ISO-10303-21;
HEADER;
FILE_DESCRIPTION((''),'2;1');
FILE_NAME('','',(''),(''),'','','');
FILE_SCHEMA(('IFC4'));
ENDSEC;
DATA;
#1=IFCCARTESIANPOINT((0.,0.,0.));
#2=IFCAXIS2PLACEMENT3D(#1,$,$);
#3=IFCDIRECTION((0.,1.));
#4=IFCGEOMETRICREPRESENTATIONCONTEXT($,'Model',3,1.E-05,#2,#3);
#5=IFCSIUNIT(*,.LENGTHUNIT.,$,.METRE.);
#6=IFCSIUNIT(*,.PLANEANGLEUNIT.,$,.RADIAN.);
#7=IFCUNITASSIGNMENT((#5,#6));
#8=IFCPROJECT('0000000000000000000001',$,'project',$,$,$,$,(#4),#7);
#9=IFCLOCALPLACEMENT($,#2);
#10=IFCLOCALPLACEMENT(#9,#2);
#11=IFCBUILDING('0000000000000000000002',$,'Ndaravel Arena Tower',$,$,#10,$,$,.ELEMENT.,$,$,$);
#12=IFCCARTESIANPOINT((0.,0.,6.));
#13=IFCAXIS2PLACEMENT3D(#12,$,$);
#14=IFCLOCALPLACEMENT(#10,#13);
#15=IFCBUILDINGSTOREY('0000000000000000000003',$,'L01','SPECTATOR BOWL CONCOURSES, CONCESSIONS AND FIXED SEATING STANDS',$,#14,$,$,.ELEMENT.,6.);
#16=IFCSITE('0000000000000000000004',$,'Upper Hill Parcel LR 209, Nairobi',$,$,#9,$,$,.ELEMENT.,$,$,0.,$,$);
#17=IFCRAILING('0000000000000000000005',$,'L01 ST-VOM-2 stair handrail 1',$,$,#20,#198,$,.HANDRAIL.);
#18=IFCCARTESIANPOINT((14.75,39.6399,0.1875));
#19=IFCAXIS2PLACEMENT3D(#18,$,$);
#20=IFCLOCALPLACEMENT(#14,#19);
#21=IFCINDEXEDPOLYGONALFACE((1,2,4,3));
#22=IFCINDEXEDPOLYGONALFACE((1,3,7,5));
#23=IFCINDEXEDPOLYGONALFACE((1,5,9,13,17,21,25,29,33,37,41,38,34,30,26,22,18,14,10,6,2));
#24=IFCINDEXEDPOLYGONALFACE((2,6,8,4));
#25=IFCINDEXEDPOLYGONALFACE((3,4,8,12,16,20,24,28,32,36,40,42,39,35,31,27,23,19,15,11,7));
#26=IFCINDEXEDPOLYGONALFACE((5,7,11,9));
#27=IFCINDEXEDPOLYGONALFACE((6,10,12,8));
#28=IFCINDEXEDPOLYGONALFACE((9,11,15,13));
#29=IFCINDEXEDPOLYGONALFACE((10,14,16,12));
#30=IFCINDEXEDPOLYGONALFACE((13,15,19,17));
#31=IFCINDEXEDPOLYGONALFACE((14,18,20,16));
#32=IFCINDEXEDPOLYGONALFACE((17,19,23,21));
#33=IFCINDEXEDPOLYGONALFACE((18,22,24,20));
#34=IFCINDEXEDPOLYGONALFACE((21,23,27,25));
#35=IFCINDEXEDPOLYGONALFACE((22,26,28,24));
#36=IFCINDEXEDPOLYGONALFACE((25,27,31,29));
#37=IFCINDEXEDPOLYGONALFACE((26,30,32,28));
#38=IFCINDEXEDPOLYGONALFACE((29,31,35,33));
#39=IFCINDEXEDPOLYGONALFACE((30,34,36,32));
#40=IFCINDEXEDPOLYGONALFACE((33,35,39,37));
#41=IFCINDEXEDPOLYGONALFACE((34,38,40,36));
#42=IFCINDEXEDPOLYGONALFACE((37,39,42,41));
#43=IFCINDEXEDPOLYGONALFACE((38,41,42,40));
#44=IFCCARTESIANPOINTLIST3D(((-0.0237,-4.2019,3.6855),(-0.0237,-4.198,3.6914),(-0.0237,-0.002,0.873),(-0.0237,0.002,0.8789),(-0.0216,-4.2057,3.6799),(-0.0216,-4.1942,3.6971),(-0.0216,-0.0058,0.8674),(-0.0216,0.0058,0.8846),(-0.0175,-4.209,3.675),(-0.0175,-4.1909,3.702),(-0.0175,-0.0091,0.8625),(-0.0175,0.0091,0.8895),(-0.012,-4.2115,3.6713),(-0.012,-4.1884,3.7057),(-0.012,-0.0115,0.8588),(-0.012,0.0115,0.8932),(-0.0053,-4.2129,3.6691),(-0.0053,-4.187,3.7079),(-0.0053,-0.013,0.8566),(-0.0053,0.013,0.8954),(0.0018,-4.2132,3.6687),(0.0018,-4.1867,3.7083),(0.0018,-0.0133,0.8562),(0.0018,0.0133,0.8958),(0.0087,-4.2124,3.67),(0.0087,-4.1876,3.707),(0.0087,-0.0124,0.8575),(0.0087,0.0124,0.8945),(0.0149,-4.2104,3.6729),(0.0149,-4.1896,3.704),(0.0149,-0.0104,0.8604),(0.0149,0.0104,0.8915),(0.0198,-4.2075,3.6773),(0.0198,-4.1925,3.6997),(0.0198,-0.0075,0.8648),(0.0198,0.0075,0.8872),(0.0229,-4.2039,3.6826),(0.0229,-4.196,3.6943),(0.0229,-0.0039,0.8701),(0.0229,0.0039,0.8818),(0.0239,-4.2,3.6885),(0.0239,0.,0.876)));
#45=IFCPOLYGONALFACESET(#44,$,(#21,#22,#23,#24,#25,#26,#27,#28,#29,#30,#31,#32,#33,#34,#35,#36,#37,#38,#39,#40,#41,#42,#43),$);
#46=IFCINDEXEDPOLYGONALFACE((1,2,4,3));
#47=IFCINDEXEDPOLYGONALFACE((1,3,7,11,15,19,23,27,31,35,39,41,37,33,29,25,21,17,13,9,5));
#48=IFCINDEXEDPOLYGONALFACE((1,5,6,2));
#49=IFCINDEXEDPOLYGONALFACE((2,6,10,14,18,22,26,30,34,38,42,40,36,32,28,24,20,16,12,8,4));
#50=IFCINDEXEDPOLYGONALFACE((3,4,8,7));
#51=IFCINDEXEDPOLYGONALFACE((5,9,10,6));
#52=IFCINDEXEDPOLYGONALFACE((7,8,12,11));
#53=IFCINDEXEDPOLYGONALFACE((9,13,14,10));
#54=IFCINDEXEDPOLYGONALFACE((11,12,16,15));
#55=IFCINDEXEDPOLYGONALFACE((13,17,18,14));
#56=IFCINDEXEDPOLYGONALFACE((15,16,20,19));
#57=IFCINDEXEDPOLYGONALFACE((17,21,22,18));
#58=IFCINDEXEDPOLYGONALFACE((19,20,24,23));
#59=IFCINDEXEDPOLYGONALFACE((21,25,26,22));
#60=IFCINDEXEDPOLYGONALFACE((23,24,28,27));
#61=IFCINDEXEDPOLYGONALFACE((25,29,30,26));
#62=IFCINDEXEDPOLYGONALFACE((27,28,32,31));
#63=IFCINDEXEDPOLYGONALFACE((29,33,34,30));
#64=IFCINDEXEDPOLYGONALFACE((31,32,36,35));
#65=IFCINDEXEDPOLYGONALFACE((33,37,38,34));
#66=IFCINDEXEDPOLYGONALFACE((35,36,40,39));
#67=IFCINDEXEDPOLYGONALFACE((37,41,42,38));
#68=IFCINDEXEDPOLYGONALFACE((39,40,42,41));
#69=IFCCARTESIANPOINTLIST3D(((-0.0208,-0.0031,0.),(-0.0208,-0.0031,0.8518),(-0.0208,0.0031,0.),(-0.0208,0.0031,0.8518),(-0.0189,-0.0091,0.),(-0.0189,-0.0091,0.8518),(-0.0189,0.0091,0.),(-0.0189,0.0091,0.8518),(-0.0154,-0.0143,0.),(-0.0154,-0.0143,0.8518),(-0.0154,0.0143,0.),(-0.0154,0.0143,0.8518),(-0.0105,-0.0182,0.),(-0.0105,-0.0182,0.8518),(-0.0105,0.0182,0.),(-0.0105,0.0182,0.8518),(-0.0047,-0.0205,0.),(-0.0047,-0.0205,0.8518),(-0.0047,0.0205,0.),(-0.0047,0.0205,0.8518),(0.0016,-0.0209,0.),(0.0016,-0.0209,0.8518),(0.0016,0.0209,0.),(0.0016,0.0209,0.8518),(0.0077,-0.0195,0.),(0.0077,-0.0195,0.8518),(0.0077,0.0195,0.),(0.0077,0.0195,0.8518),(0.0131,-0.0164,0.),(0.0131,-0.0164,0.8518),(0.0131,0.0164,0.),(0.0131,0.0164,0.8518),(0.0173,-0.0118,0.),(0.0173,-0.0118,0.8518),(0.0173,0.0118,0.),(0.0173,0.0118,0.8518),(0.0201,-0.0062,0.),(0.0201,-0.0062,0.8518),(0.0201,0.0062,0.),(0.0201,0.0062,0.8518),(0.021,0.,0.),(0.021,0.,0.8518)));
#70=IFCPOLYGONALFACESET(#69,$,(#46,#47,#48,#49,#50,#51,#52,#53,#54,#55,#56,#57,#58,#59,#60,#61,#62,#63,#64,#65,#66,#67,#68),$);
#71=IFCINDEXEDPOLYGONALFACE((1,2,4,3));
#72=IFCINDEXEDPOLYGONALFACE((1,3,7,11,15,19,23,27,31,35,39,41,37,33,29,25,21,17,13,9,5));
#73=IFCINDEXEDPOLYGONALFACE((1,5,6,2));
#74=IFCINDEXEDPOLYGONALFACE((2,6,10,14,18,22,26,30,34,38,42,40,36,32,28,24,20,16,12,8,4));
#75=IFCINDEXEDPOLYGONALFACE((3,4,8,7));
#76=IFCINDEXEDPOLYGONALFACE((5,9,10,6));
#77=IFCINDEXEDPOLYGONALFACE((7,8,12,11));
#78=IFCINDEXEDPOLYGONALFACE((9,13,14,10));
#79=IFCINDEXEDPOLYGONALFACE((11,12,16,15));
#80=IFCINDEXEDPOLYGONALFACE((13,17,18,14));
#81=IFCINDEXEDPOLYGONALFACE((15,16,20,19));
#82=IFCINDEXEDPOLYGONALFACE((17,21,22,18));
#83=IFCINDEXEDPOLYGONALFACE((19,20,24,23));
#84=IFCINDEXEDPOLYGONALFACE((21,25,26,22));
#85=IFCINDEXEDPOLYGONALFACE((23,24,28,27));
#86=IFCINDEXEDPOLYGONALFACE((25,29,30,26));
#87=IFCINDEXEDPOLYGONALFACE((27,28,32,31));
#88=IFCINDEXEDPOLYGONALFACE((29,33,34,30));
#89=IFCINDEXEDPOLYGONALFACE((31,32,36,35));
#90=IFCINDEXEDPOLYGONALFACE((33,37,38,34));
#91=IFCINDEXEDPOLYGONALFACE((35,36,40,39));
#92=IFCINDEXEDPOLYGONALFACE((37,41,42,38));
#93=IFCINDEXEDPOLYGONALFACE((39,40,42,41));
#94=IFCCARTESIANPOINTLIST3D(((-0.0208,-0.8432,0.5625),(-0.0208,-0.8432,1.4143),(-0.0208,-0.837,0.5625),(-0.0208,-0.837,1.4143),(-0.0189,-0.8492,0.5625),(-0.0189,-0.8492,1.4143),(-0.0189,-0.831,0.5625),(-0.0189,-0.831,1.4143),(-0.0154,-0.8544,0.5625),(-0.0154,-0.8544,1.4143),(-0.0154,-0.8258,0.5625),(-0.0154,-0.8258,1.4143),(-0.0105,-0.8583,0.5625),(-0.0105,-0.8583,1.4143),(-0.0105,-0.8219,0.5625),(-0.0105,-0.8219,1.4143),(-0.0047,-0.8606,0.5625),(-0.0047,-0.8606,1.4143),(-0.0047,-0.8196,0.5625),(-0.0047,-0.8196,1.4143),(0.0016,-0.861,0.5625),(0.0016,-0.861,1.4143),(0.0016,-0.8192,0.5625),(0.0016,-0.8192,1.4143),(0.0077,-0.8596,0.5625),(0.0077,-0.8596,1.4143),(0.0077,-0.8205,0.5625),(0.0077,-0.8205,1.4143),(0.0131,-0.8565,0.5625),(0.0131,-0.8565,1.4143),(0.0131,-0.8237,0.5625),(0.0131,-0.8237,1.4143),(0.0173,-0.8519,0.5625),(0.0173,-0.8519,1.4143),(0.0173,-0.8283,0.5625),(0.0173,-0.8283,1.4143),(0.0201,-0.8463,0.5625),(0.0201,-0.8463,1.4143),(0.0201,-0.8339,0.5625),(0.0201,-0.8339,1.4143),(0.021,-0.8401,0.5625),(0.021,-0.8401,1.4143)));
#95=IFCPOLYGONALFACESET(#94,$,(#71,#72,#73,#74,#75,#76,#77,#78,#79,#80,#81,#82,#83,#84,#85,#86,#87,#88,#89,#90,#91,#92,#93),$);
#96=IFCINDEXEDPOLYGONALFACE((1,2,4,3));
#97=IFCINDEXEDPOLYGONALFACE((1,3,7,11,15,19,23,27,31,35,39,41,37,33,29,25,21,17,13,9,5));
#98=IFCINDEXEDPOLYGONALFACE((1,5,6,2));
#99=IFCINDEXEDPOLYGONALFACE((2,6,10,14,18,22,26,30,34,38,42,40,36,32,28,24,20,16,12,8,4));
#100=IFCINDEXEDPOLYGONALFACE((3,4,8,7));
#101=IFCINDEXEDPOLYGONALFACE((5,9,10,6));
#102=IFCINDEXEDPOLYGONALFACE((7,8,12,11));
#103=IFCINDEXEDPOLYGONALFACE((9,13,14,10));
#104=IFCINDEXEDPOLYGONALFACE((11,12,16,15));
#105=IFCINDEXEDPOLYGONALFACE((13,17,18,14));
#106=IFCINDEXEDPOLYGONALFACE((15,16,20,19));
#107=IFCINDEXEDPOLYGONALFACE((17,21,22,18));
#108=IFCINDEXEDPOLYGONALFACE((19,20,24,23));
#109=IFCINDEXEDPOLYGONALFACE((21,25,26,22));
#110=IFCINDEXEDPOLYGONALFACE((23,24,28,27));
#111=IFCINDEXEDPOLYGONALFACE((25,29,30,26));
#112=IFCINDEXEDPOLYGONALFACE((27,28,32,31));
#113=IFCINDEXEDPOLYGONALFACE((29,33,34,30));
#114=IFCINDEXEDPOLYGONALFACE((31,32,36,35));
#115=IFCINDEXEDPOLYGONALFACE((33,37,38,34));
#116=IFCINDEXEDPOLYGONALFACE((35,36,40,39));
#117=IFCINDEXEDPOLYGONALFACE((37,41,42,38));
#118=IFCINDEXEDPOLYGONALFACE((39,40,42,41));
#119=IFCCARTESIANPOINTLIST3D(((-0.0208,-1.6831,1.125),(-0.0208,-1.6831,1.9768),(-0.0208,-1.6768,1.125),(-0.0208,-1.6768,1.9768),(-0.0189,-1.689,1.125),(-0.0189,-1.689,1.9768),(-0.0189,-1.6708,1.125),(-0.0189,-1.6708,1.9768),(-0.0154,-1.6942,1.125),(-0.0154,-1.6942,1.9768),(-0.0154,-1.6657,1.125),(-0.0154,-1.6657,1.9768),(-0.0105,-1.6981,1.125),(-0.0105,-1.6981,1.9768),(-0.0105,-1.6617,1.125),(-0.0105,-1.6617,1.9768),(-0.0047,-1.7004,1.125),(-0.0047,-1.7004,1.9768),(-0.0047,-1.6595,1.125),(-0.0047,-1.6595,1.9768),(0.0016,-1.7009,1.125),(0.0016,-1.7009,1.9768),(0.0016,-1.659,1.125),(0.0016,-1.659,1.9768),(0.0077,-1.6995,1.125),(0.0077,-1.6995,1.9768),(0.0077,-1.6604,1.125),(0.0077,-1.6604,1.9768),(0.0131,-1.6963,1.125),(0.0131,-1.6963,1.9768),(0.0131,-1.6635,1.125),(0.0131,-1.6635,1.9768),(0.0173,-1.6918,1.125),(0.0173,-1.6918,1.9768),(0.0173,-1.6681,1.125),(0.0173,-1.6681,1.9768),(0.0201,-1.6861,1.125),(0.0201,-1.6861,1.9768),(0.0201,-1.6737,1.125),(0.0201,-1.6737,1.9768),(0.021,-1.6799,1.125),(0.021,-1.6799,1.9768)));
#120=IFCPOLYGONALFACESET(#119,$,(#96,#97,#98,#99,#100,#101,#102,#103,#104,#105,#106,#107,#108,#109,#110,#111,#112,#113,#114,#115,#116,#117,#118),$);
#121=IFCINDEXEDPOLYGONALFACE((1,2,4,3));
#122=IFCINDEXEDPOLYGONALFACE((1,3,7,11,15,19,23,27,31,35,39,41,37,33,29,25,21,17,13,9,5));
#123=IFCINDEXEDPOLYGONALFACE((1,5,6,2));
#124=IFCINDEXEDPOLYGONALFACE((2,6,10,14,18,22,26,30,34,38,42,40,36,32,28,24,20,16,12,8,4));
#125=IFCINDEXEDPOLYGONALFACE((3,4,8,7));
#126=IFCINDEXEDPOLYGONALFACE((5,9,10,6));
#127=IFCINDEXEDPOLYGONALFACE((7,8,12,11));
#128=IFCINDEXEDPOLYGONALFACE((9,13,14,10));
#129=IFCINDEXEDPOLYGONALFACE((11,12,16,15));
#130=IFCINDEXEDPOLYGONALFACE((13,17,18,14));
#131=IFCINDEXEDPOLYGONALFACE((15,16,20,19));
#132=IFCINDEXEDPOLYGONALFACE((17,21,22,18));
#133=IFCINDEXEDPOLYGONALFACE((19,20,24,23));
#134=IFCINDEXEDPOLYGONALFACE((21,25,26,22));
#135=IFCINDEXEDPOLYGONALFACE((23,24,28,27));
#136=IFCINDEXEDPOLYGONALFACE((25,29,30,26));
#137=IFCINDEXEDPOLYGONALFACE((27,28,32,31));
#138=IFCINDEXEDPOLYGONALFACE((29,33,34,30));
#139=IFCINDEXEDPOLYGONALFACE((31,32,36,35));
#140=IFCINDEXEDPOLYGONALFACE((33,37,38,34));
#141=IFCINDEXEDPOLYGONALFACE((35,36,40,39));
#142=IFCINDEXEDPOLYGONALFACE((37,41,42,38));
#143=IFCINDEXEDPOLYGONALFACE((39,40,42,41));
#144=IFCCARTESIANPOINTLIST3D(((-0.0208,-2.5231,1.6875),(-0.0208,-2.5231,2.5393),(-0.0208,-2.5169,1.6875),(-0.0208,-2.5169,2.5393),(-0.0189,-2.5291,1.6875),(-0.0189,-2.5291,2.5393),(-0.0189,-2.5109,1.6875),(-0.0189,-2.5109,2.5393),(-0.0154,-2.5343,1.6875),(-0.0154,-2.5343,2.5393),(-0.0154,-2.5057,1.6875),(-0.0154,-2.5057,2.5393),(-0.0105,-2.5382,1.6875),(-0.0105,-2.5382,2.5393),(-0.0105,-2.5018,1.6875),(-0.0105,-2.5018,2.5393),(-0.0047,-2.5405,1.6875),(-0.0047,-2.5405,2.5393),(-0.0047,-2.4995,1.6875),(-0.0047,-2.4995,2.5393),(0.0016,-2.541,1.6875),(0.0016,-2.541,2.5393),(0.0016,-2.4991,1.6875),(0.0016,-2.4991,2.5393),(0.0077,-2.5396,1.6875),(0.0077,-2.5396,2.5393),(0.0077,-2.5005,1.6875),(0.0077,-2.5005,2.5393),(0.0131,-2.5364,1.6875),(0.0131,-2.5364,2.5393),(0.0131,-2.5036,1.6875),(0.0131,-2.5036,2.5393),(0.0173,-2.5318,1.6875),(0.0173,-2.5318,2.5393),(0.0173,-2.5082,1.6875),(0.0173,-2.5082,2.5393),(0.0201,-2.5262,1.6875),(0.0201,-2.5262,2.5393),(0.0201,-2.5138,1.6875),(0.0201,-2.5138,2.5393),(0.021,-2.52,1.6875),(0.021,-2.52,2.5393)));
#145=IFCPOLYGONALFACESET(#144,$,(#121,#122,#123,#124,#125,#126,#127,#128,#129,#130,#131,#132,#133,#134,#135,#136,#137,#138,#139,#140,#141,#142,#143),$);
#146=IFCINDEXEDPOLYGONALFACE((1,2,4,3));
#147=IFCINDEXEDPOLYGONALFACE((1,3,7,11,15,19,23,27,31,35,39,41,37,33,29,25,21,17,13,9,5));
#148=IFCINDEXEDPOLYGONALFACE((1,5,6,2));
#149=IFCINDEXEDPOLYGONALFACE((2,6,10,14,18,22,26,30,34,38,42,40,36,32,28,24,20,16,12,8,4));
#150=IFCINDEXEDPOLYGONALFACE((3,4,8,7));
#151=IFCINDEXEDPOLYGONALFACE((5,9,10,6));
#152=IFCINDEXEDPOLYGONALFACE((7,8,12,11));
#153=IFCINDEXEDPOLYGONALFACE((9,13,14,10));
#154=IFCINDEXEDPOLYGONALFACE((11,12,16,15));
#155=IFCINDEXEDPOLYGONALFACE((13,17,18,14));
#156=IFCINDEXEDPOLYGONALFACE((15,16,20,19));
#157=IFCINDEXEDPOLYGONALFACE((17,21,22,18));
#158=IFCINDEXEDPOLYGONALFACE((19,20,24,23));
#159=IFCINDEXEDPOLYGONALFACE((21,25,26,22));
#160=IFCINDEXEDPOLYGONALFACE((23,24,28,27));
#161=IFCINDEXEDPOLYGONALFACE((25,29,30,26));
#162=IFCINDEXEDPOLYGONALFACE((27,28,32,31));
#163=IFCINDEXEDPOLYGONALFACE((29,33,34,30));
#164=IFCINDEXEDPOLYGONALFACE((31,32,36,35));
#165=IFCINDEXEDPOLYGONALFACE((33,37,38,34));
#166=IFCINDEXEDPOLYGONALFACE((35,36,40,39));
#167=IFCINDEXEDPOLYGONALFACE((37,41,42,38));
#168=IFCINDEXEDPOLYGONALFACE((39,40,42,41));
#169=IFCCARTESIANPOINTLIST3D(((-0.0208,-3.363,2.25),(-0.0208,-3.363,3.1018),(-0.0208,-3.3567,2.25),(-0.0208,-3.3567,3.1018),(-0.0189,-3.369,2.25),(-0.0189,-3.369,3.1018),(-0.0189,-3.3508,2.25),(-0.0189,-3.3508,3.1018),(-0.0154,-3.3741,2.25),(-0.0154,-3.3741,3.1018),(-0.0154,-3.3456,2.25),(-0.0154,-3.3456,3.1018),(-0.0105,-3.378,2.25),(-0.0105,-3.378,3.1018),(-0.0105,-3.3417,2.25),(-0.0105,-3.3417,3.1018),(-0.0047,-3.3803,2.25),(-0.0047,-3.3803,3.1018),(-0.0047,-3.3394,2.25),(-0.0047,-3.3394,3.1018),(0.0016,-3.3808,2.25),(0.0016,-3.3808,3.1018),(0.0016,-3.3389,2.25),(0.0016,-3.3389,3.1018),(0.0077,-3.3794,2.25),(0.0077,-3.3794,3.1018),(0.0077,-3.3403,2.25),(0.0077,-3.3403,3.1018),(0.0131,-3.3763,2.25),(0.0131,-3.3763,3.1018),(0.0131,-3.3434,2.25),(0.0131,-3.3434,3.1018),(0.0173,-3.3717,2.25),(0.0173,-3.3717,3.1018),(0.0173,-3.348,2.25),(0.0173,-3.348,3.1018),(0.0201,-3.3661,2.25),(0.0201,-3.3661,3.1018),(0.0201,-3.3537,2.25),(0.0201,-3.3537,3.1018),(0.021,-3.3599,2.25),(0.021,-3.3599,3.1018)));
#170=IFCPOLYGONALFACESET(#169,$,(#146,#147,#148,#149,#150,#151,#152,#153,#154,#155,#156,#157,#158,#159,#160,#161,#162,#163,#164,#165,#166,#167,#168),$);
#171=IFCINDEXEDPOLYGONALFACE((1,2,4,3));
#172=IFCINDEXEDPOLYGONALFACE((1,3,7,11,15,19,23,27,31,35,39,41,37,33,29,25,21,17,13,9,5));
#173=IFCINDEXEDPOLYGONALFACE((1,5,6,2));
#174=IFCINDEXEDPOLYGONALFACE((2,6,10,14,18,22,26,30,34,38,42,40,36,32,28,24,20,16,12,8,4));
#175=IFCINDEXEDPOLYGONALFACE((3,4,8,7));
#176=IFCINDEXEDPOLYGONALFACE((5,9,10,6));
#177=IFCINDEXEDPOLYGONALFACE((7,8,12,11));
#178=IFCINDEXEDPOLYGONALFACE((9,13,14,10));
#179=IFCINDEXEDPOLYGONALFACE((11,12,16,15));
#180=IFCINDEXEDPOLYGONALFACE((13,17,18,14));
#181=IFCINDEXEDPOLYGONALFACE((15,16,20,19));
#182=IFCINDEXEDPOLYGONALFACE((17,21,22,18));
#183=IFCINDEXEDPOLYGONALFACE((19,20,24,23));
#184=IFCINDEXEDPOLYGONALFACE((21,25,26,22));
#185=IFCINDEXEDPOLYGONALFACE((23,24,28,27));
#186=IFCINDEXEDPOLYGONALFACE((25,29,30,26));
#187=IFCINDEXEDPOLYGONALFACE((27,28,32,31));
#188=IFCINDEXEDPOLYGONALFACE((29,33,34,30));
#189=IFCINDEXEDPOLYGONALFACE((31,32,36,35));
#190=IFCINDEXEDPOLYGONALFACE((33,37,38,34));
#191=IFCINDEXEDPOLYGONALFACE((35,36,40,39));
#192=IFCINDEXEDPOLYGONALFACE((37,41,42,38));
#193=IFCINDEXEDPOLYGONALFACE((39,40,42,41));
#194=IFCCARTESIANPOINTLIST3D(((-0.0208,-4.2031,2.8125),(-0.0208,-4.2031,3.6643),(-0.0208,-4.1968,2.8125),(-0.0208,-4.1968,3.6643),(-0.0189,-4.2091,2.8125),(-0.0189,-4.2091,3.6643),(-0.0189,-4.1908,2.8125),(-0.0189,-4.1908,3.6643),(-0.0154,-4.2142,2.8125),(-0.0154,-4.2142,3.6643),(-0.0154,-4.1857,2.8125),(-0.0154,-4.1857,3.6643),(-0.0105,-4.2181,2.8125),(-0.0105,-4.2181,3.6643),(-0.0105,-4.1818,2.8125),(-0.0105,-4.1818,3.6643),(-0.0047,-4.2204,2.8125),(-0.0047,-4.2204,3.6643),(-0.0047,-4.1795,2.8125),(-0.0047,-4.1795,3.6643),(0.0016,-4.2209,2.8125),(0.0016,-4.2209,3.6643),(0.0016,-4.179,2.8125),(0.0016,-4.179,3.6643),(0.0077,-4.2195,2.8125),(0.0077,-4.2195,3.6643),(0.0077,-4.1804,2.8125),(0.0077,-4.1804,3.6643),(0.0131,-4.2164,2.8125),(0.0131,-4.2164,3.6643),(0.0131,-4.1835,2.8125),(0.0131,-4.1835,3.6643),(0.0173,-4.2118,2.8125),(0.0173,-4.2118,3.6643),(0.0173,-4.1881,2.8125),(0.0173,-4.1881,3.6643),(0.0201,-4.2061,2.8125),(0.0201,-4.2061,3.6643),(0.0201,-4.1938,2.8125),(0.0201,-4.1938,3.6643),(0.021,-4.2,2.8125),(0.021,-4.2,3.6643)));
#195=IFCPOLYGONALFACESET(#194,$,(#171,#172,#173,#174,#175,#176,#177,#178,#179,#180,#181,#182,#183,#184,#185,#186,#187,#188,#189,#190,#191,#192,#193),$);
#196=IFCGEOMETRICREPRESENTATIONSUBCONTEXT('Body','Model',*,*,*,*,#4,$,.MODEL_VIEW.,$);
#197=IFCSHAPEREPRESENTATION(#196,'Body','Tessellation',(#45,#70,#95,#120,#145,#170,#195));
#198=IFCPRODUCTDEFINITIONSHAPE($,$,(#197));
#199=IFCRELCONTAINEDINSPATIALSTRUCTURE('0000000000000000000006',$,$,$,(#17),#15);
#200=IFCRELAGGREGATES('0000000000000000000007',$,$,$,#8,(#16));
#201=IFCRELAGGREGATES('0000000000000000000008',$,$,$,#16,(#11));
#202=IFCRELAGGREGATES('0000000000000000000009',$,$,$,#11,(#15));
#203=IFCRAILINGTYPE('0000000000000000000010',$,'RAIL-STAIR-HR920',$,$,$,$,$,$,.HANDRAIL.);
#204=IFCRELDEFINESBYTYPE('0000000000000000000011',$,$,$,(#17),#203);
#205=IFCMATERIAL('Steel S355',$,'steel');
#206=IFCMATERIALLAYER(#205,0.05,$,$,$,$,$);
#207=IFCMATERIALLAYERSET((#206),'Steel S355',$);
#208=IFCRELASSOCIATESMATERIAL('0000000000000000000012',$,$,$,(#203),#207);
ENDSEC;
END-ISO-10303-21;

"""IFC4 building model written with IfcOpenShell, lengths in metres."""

from ifc_helpers import new_model, si_unit, direction, frame, origin, origin_2d, place, context, subcontext, project, spatial, circle, extrude, material, layer, layer_set, type_object, element, save


model = new_model("IFC4")

# Units and contexts
model_context = context("Model", 3, precision=1e-05, world=origin(), true_north=direction((0.0, 1.0)))
body_context = subcontext(model_context, "Body", "Model", "MODEL_VIEW")
ifc_project = project(units=[si_unit("LENGTHUNIT", "METRE"), si_unit("PLANEANGLEUNIT", "RADIAN")], contexts=[model_context])

# Site, building, storey
site_placement = place(None, origin())
site = spatial("IfcSite", under=ifc_project, at=site_placement, Name="Upper Hill Parcel LR 209, Nairobi", CompositionType="ELEMENT", RefElevation=0.0)
building_placement = place(site_placement, origin())
building = spatial("IfcBuilding", under=site, at=building_placement, Name="Ndaravel Arena Tower", CompositionType="ELEMENT")
storey_placement = place(building_placement, frame((0.0, 0.0, 6.0)))
storey = spatial("IfcBuildingStorey", under=building, at=storey_placement, Name="L01", Description="SPECTATOR BOWL CONCOURSES, CONCESSIONS AND FIXED SEATING STANDS", CompositionType="ELEMENT", Elevation=6.0)

# Railing
ifc_material_1 = material(Name="Steel S355", Category="steel")
ifc_layer_1 = layer(ifc_material_1, 0.05)
ifc_layer_set_1 = layer_set([ifc_layer_1], Name="Steel S355")
railing_type_1 = type_object("IfcRailingType", Name="RAIL-STAIR-HR920", PredefinedType="HANDRAIL", material=ifc_layer_set_1)
railing_1_placement = place(storey_placement, frame((14.75, 39.6399, 0.1875)))
element("IfcRailing", 1, at=railing_1_placement, inside=storey, type_object=railing_type_1, Name="L01 ST-VOM-2 stair handrail 1", PredefinedType="HANDRAIL", context=body_context, shape_type="SweptSolid", body=[
    extrude(circle(Radius=0.0239, at=origin_2d()), frame((0.0, 0.0, 0.876), z_axis=(0.0, -0.830904, 0.556416), x_axis=(1.0, 0.0, 0.0)), (0.0, 0.0, 1.0), 5.0547),
    extrude(circle(Radius=0.021, at=origin_2d()), origin(), (0.0, 0.0, 1.0), 0.8518),
    extrude(circle(Radius=0.021, at=origin_2d()), frame((0.0, -0.8401, 0.5625)), (0.0, 0.0, 1.0), 0.8518),
    extrude(circle(Radius=0.021, at=origin_2d()), frame((0.0, -1.6799, 1.125)), (0.0, 0.0, 1.0), 0.8518),
    extrude(circle(Radius=0.021, at=origin_2d()), frame((0.0, -2.52, 1.6875)), (0.0, 0.0, 1.0), 0.8518),
    extrude(circle(Radius=0.021, at=origin_2d()), frame((0.0, -3.3599, 2.25)), (0.0, 0.0, 1.0), 0.8518),
    extrude(circle(Radius=0.021, at=origin_2d()), frame((0.0, -4.2, 2.8125)), (0.0, 0.0, 1.0), 0.8518),
])

save(model, "model.ifc")
